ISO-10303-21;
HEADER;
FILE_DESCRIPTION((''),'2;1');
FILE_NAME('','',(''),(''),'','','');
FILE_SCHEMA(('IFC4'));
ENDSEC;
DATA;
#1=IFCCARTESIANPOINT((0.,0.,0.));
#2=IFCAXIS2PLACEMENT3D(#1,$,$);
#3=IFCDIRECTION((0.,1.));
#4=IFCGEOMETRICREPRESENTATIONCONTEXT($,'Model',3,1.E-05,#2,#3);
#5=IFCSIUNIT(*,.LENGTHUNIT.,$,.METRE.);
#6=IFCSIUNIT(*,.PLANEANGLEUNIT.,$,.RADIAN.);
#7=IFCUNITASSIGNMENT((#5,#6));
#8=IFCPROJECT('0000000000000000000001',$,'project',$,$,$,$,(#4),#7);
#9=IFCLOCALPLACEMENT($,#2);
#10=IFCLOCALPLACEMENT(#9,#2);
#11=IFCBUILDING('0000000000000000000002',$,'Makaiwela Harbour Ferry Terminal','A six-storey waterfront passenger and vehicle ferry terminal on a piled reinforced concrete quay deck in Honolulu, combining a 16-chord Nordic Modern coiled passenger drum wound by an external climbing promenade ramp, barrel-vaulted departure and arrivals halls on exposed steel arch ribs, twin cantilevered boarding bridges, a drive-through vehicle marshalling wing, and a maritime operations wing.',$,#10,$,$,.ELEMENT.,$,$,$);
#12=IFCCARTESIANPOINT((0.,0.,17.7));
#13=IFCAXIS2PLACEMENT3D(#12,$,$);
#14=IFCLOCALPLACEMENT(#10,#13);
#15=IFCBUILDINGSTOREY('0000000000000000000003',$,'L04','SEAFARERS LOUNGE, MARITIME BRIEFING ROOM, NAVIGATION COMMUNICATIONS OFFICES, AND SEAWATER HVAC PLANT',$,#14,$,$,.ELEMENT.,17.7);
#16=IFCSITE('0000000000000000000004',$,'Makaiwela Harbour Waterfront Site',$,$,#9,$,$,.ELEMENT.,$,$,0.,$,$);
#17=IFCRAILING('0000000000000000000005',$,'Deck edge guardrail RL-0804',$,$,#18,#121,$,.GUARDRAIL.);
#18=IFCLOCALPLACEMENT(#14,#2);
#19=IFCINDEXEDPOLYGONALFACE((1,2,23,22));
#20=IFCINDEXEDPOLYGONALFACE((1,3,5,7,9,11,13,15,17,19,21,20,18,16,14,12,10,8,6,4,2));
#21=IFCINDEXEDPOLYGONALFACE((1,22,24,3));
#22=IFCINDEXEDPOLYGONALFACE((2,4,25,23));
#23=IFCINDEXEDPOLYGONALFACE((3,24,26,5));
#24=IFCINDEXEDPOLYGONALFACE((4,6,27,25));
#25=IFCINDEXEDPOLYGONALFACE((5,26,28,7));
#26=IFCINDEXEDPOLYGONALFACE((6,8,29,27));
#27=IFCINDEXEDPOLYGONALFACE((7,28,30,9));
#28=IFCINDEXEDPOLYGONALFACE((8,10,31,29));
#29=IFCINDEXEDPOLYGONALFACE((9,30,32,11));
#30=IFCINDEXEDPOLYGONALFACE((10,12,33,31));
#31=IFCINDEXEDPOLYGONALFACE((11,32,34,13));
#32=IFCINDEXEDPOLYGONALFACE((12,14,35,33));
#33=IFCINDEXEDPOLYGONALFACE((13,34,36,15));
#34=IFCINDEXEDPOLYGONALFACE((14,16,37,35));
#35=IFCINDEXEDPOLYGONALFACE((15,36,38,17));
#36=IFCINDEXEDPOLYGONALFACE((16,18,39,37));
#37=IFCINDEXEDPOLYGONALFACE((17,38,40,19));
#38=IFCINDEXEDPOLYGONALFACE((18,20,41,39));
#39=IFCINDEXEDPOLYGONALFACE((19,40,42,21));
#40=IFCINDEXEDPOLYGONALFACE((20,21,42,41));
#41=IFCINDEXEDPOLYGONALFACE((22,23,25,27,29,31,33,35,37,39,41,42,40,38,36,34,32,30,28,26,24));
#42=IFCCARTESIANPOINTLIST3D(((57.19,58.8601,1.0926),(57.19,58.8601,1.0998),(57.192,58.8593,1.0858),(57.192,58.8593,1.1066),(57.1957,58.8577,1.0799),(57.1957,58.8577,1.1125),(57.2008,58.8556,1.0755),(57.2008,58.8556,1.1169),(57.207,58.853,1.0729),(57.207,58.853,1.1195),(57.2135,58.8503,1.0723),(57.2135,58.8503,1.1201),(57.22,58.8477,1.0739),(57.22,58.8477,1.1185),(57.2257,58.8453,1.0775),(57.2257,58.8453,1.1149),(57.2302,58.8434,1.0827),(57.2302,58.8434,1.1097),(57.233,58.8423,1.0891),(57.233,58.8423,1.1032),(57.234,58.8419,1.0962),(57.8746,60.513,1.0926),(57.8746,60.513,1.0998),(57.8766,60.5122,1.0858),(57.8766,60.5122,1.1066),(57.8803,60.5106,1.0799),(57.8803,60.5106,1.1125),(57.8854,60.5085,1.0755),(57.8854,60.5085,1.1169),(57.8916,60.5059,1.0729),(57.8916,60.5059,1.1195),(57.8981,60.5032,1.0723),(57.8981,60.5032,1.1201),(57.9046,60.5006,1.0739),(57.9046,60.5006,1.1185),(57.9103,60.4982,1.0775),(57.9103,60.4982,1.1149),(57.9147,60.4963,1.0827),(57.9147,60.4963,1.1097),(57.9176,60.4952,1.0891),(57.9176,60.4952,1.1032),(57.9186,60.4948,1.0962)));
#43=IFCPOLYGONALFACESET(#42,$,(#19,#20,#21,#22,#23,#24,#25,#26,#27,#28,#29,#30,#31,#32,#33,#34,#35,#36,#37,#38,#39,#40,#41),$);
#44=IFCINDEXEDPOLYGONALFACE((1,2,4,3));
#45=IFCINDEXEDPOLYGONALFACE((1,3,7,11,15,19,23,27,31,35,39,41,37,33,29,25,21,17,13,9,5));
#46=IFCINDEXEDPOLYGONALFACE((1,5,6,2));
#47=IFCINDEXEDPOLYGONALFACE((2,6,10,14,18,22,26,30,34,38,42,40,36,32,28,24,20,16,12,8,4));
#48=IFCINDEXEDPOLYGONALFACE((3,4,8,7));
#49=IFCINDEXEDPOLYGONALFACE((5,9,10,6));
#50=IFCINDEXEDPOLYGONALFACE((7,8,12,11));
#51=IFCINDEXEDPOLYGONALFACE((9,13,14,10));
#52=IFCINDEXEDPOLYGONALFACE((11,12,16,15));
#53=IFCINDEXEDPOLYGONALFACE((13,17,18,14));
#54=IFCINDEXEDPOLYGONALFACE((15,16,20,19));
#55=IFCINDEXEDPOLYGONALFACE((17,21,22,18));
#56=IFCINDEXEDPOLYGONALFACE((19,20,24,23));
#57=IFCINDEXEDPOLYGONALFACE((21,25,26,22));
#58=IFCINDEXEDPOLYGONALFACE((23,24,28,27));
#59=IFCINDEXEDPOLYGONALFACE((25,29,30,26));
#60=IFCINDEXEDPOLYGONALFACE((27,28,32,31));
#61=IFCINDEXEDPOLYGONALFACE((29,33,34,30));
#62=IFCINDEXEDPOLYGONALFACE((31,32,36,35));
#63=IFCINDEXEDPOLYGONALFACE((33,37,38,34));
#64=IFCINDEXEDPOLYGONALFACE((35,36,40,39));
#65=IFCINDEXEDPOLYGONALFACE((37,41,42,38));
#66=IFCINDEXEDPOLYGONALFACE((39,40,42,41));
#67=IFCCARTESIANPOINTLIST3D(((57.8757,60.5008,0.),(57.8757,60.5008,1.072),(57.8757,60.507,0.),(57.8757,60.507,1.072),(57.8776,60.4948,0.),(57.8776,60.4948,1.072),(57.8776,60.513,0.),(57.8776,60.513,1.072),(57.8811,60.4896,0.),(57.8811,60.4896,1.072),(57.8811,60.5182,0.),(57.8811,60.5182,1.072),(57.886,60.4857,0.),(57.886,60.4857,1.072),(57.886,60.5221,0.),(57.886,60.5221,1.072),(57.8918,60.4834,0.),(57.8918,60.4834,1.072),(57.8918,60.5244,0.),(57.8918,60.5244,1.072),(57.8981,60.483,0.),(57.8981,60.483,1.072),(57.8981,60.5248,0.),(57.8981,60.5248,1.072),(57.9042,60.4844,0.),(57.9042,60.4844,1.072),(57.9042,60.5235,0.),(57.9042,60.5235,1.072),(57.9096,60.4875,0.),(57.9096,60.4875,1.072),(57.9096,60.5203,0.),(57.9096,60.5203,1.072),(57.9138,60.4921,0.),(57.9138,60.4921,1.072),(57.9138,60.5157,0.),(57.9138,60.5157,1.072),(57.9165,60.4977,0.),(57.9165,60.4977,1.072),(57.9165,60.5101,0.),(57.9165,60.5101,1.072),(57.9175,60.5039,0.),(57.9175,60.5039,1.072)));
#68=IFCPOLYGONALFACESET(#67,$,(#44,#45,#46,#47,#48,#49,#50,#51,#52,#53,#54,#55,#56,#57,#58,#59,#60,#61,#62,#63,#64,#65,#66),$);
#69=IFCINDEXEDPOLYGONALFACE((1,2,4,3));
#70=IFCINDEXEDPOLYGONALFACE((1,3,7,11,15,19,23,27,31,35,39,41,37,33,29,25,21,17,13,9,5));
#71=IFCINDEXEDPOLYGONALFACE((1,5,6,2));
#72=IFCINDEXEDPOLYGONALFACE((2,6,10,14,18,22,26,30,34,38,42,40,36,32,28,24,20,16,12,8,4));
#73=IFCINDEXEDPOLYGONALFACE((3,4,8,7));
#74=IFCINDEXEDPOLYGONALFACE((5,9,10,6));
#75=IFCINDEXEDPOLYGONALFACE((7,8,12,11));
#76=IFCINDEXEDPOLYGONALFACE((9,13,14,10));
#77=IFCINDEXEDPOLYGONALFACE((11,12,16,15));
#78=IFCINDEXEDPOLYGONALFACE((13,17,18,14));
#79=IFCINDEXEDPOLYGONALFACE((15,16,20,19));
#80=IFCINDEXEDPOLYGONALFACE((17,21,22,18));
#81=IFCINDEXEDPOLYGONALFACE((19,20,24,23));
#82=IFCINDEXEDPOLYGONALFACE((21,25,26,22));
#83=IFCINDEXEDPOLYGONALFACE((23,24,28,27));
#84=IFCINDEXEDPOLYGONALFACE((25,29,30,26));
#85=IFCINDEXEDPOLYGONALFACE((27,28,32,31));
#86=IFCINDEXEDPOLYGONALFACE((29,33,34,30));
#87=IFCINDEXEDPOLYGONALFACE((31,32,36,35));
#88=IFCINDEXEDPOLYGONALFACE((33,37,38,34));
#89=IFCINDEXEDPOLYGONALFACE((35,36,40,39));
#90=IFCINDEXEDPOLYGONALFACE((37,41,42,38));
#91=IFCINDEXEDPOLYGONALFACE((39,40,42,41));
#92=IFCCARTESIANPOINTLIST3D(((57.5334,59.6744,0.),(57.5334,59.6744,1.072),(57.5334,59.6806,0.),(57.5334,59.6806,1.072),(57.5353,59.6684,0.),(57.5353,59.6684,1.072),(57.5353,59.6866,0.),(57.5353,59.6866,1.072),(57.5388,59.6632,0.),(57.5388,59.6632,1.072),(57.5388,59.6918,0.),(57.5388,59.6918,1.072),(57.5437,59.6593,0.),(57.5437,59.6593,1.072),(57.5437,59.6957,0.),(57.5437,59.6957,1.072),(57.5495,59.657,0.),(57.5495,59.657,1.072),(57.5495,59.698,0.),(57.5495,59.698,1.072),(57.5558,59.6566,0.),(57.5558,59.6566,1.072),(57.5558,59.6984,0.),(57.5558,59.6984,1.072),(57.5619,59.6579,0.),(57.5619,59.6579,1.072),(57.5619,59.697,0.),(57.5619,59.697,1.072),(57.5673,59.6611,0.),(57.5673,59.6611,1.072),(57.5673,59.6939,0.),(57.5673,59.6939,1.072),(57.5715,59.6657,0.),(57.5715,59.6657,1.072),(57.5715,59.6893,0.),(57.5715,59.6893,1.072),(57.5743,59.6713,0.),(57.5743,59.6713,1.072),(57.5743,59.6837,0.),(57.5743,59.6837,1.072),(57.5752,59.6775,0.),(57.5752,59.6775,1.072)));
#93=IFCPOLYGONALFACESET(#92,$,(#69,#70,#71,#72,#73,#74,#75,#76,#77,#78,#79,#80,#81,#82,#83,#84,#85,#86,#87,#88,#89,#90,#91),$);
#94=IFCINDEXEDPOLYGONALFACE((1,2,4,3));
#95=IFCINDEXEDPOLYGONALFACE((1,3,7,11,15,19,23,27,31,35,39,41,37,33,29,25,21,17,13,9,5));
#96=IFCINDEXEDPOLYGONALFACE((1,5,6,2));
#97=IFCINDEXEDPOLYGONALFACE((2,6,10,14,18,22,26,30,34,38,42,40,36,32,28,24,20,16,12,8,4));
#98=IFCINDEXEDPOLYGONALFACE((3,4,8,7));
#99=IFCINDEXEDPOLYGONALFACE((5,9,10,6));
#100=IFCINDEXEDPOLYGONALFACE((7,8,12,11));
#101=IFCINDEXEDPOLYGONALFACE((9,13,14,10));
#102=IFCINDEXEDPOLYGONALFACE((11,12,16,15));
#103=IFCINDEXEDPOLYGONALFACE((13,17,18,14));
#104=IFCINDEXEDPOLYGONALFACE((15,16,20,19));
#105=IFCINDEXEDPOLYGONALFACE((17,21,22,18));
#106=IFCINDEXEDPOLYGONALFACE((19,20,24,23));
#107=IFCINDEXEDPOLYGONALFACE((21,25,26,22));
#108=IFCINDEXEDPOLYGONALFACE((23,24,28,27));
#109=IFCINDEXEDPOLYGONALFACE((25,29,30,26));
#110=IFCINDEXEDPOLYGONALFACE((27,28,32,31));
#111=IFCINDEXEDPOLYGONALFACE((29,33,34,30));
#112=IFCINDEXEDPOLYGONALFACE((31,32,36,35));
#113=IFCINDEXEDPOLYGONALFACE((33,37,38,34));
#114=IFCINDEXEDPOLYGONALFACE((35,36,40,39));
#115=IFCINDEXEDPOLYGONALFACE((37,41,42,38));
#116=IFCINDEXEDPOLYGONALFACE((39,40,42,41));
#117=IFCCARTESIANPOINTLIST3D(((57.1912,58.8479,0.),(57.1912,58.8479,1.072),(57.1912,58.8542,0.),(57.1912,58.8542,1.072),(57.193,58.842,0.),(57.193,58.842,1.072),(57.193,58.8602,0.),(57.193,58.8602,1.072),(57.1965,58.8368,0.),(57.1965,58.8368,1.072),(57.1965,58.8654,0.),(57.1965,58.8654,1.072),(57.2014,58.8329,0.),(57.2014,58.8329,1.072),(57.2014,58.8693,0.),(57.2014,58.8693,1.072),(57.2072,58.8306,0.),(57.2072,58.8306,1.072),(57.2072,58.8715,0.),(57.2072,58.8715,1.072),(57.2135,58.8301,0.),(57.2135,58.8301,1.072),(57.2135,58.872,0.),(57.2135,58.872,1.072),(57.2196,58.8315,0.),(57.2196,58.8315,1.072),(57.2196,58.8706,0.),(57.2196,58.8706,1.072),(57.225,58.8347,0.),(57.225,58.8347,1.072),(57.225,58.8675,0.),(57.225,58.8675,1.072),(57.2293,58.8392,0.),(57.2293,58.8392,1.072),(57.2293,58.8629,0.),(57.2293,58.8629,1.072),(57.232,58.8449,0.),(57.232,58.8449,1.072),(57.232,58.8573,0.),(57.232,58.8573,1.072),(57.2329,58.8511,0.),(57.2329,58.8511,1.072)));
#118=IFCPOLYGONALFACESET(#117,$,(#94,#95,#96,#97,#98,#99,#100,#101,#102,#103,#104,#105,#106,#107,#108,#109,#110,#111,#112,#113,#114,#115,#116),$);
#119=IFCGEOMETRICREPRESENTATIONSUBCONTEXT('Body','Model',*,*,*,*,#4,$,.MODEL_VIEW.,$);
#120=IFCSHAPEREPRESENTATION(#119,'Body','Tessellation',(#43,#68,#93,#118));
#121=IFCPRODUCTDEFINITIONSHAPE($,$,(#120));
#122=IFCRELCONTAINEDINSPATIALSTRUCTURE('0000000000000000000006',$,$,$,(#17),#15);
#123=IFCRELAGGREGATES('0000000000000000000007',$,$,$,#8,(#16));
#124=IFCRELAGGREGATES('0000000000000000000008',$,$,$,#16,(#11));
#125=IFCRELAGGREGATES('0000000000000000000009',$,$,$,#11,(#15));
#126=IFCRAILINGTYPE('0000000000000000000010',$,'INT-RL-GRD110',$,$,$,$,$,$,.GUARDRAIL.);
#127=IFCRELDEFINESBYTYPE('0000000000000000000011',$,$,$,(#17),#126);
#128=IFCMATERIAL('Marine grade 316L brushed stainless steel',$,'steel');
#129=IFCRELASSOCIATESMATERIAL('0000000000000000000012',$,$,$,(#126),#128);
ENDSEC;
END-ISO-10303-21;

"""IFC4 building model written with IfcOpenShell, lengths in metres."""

from ifc_helpers import new_model, si_unit, direction, frame, origin, origin_2d, place, context, subcontext, project, spatial, circle, extrude, material, type_object, element, save


model = new_model("IFC4")

# Units and contexts
model_context = context("Model", 3, precision=1e-05, world=origin(), true_north=direction((0.0, 1.0)))
body_context = subcontext(model_context, "Body", "Model", "MODEL_VIEW")
ifc_project = project(units=[si_unit("LENGTHUNIT", "METRE"), si_unit("PLANEANGLEUNIT", "RADIAN")], contexts=[model_context])

# Site, building, storey
site_placement = place(None, origin())
site = spatial("IfcSite", under=ifc_project, at=site_placement, Name="Makaiwela Harbour Waterfront Site", CompositionType="ELEMENT", RefElevation=0.0)
building_placement = place(site_placement, origin())
building = spatial("IfcBuilding", under=site, at=building_placement, Name="Makaiwela Harbour Ferry Terminal", Description="A six-storey waterfront passenger and vehicle ferry terminal on a piled reinforced concrete quay deck in Honolulu, combining a 16-chord Nordic Modern coiled passenger drum wound by an external climbing promenade ramp, barrel-vaulted departure and arrivals halls on exposed steel arch ribs, twin cantilevered boarding bridges, a drive-through vehicle marshalling wing, and a maritime operations wing.", CompositionType="ELEMENT")
storey_placement = place(building_placement, frame((0.0, 0.0, 17.7)))
storey = spatial("IfcBuildingStorey", under=building, at=storey_placement, Name="L04", Description="SEAFARERS LOUNGE, MARITIME BRIEFING ROOM, NAVIGATION COMMUNICATIONS OFFICES, AND SEAWATER HVAC PLANT", CompositionType="ELEMENT", Elevation=17.7)

# Railing
ifc_material_1 = material(Name="Marine grade 316L brushed stainless steel", Category="steel")
railing_type = type_object("IfcRailingType", Name="INT-RL-GRD110", PredefinedType="GUARDRAIL", material=ifc_material_1)
railing_1_placement = place(storey_placement, frame((57.8965, 60.5039, 0.0)))
element("IfcRailing", 1, at=railing_1_placement, inside=storey, type_object=railing_type, Name="Deck edge guardrail RL-0804", PredefinedType="GUARDRAIL", context=body_context, shape_type="SweptSolid", body=[
    extrude(circle(Radius=0.0239, at=origin_2d()), frame((0.0, 0.0, 1.0962), z_axis=(-0.382657, -0.92389, 0.0), x_axis=(0.92389, -0.382657, 0.0)), (0.0, 0.0, 1.0), 1.7891),
    extrude(circle(Radius=0.021, at=origin_2d()), origin(), (0.0, 0.0, 1.0), 1.072),
    extrude(circle(Radius=0.021, at=origin_2d()), frame((-0.3423, -0.8264, 0.0)), (0.0, 0.0, 1.0), 1.072),
    extrude(circle(Radius=0.021, at=origin_2d()), frame((-0.6846, -1.6528, 0.0)), (0.0, 0.0, 1.0), 1.072),
])

save(model, "model.ifc")
